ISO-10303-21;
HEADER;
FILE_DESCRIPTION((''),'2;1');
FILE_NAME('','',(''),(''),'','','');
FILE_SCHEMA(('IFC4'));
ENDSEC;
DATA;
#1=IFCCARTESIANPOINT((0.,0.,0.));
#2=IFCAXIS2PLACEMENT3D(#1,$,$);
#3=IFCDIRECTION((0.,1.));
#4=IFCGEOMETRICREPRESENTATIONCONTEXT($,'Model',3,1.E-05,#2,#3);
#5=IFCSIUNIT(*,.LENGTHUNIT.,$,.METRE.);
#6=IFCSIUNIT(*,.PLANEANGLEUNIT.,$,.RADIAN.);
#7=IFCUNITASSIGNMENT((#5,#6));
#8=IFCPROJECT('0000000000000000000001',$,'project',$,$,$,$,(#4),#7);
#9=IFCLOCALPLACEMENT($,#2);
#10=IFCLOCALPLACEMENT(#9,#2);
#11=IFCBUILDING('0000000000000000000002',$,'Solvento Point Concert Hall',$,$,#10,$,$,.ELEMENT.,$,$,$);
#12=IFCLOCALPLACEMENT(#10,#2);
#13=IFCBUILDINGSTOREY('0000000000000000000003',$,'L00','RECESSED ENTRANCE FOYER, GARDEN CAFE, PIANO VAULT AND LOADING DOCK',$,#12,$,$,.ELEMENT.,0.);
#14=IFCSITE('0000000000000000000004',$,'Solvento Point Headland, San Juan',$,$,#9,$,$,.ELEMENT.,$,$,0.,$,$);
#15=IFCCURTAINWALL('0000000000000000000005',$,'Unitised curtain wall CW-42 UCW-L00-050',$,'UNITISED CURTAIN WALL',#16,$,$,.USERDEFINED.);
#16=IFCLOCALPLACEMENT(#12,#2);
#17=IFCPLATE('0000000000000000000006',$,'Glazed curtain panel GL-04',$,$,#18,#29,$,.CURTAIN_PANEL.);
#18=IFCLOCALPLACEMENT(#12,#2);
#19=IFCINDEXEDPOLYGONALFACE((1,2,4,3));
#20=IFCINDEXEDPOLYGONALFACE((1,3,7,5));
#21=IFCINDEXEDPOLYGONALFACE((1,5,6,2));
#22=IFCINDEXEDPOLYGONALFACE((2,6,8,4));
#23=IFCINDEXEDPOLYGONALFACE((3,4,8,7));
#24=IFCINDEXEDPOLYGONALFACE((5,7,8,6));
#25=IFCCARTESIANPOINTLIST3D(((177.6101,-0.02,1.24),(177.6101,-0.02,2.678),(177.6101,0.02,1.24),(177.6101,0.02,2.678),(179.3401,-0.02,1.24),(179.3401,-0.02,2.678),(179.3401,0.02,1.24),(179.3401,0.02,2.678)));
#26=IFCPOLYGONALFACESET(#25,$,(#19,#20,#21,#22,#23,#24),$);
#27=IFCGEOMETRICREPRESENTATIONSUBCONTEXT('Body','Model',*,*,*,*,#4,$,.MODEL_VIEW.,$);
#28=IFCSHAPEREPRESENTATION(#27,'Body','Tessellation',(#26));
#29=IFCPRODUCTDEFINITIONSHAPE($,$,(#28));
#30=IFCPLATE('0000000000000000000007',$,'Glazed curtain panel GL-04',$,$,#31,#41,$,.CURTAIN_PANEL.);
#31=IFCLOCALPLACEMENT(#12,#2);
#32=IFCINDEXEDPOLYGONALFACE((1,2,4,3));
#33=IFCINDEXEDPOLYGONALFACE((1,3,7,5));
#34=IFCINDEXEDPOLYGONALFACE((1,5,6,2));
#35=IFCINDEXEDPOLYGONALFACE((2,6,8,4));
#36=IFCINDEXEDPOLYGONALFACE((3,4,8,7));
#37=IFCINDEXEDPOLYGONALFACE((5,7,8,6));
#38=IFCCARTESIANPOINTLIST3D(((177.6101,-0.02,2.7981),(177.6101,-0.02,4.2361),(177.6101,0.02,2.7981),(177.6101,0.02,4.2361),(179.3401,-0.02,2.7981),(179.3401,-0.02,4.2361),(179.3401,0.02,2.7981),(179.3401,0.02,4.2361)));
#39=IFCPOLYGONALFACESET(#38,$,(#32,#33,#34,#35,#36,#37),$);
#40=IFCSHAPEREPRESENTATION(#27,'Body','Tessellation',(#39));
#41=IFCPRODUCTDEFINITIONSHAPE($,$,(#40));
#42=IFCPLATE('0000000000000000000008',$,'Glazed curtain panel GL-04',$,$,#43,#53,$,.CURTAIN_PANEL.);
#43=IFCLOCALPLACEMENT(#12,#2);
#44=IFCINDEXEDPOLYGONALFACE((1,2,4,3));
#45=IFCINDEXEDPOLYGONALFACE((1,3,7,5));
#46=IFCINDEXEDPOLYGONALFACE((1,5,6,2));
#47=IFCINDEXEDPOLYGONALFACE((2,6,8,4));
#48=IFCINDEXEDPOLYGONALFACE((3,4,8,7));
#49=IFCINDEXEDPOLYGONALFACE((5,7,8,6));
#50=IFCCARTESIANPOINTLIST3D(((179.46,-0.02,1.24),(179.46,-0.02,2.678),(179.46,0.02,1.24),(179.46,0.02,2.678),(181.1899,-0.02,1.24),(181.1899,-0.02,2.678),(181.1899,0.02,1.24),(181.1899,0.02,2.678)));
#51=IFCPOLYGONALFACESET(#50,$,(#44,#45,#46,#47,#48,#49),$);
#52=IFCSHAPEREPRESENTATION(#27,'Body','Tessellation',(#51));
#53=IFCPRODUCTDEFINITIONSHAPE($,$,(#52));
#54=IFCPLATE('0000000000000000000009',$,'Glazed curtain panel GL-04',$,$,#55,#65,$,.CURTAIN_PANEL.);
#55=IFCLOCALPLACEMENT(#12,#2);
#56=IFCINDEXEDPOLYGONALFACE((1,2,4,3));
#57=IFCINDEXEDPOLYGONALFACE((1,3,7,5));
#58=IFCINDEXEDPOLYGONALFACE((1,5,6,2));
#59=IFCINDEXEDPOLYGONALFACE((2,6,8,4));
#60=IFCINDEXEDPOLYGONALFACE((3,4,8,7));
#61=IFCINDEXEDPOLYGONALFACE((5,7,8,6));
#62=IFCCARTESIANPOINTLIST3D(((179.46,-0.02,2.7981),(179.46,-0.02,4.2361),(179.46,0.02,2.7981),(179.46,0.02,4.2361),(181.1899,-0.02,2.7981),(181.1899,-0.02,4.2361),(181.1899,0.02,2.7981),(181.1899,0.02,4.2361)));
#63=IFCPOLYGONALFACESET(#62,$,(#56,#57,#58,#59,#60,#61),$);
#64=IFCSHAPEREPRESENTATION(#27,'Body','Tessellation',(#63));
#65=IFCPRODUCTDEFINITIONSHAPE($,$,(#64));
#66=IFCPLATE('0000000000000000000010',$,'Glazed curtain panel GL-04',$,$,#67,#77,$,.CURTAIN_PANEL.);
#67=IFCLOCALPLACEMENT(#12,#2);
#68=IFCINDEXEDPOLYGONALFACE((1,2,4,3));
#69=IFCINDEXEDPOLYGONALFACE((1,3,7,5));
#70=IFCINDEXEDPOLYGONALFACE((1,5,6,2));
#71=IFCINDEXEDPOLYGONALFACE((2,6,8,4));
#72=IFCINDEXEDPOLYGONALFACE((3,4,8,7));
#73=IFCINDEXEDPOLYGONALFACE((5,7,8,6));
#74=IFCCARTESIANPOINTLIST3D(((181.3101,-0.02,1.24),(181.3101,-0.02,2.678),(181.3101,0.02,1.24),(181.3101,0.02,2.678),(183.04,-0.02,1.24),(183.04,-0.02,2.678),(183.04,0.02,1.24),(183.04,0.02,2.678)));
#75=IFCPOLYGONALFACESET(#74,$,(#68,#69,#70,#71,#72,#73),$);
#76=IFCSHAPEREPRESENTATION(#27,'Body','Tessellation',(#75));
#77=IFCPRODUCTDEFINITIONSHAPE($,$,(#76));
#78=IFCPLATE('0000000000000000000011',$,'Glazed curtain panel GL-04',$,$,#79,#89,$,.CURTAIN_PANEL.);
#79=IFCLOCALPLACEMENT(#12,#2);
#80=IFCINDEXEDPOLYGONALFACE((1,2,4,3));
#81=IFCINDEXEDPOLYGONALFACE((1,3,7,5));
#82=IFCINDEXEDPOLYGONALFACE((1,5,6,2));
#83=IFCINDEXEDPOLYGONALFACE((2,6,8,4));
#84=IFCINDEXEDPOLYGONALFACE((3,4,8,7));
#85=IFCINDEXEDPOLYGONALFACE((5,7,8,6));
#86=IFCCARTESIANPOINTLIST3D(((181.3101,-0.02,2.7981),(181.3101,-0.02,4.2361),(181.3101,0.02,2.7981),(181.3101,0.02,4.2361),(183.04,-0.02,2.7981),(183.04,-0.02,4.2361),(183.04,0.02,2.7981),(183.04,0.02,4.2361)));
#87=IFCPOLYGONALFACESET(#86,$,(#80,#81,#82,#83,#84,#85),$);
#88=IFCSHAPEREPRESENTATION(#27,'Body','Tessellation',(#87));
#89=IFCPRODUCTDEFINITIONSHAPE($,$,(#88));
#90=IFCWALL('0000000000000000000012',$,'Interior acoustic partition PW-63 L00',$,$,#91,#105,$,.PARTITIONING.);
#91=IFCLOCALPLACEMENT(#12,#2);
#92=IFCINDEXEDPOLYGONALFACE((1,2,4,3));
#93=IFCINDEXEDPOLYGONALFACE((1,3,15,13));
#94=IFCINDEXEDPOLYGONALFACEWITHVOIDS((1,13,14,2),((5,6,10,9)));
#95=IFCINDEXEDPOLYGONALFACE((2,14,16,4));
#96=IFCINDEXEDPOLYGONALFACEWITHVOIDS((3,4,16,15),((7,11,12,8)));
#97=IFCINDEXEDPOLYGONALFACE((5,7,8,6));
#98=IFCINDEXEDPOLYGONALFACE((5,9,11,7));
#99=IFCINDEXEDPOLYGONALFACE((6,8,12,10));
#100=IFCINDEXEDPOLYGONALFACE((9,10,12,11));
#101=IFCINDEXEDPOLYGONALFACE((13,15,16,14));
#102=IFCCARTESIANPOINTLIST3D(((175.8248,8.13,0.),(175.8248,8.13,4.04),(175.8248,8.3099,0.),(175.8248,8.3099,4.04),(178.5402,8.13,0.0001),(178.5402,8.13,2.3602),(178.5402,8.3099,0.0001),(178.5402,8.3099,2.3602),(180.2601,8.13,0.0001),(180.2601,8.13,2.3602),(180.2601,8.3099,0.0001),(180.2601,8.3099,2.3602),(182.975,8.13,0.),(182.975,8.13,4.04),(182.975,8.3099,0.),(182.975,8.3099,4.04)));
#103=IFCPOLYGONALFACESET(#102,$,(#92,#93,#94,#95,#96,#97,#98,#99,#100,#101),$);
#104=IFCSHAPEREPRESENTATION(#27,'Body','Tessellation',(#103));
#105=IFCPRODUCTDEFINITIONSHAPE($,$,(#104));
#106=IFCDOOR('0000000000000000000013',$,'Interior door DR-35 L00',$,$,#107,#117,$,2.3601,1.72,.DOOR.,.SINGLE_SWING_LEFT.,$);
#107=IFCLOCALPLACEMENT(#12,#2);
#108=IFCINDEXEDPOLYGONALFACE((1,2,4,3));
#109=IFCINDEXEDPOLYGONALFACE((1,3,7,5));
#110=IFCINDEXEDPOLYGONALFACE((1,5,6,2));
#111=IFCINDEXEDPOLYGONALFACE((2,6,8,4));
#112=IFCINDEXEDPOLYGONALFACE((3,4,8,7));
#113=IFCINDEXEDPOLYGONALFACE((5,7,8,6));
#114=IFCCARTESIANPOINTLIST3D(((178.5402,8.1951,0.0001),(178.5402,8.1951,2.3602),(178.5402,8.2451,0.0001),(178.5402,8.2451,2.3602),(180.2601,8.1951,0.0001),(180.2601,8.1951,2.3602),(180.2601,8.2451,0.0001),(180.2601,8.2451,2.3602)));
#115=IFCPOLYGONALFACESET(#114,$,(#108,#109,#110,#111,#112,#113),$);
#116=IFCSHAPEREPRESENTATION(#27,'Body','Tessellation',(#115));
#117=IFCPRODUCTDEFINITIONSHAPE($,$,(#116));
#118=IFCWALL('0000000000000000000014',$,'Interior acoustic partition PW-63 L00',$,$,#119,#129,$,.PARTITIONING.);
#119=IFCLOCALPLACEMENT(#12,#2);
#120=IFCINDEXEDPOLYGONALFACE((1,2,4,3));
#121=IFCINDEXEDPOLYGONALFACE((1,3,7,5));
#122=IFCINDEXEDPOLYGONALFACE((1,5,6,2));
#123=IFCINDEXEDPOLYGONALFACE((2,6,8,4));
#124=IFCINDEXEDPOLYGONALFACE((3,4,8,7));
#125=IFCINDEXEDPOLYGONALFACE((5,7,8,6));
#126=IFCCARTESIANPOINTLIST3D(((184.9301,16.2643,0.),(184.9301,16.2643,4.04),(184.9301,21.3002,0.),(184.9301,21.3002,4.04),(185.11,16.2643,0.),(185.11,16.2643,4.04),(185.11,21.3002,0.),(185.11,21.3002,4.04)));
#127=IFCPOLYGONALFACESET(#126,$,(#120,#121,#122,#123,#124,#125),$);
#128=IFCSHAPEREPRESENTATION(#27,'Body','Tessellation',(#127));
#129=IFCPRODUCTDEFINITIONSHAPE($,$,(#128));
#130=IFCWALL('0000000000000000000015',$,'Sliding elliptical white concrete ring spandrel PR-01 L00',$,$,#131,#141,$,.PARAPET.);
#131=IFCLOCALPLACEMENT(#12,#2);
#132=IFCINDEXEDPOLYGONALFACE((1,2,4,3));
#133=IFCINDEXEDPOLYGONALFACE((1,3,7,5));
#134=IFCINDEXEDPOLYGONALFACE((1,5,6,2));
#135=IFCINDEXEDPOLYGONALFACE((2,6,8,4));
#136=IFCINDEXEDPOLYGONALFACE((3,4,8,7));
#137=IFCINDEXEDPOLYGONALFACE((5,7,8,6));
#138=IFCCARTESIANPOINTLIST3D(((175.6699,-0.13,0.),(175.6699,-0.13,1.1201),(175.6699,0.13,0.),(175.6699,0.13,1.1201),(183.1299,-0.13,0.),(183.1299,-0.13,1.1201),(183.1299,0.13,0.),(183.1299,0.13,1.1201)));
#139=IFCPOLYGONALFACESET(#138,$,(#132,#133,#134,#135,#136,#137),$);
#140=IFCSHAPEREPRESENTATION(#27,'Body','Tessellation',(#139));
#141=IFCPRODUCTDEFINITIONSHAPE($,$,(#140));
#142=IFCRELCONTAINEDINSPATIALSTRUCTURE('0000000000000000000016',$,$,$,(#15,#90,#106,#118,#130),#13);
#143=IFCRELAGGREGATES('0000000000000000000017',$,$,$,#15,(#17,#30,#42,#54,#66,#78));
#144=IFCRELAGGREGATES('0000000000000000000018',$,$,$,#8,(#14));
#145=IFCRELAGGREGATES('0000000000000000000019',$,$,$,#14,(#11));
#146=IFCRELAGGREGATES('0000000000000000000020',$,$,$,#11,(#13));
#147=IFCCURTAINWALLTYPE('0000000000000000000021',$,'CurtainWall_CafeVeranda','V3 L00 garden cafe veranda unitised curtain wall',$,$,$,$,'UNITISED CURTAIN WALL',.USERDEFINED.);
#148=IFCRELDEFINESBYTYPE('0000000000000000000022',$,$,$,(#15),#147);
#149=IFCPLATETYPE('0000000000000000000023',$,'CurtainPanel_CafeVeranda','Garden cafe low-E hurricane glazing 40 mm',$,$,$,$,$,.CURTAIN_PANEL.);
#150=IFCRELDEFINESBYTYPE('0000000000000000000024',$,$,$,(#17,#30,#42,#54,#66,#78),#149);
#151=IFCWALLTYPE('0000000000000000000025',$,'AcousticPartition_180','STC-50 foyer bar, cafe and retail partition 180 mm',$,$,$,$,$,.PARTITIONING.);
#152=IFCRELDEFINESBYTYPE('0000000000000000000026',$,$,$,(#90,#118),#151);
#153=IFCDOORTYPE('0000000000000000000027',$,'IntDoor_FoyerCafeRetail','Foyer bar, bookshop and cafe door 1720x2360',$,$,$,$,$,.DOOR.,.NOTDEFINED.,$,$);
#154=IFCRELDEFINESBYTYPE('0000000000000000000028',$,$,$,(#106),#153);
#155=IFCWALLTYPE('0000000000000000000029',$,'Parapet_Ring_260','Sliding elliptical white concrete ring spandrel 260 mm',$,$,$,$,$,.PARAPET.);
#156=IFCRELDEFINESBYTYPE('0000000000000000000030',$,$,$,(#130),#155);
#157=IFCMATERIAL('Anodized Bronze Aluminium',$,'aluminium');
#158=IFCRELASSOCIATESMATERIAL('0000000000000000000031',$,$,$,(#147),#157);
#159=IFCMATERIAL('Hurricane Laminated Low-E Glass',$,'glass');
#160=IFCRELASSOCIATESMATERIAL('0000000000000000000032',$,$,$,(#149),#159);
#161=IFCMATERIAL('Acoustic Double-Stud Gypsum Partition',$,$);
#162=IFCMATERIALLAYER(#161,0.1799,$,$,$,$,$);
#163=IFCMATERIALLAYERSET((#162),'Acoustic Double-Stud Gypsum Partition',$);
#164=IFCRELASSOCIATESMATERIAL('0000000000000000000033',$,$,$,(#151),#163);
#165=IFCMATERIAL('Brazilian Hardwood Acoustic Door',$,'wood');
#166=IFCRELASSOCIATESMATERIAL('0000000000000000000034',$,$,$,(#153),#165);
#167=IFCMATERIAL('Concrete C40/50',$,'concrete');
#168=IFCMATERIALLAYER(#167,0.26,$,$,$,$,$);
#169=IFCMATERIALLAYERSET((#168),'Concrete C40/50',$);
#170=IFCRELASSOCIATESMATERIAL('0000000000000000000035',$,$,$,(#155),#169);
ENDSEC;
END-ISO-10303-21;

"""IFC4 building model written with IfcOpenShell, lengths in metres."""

from ifc_helpers import new_model, si_unit, direction, frame, frame_2d, origin, origin_2d, place, context, subcontext, project, spatial, rectangle, extrude, material, layer, layer_set, type_object, element, fill, aggregate, save


model = new_model("IFC4")

# Units and contexts
model_context = context("Model", 3, precision=1e-05, world=origin(), true_north=direction((0.0, 1.0)))
body_context = subcontext(model_context, "Body", "Model", "MODEL_VIEW")
ifc_project = project(units=[si_unit("LENGTHUNIT", "METRE"), si_unit("PLANEANGLEUNIT", "RADIAN")], contexts=[model_context])

# Site, building, storey
site_placement = place(None, origin())
site = spatial("IfcSite", under=ifc_project, at=site_placement, Name="Solvento Point Headland, San Juan", CompositionType="ELEMENT", RefElevation=0.0)
building_placement = place(site_placement, origin())
building = spatial("IfcBuilding", under=site, at=building_placement, Name="Solvento Point Concert Hall", CompositionType="ELEMENT")
storey_placement = place(building_placement, origin())
storey = spatial("IfcBuildingStorey", under=building, at=storey_placement, Name="L00", Description="RECESSED ENTRANCE FOYER, GARDEN CAFE, PIANO VAULT AND LOADING DOCK", CompositionType="ELEMENT", Elevation=0.0)

# Curtain wall, plates
ifc_material_1 = material(Name="Anodized Bronze Aluminium", Category="aluminium")
curtain_wall_type = type_object("IfcCurtainWallType", Name="CurtainWall_CafeVeranda", Description="V3 L00 garden cafe veranda unitised curtain wall", ElementType="UNITISED CURTAIN WALL", PredefinedType="USERDEFINED", material=ifc_material_1)
curtain_wall_placement = place(storey_placement, origin())
curtain_wall = element("IfcCurtainWall", 1, at=curtain_wall_placement, inside=storey, type_object=curtain_wall_type, Name="Unitised curtain wall CW-42 UCW-L00-050", ObjectType="UNITISED CURTAIN WALL", PredefinedType="USERDEFINED")
ifc_material_2 = material(Name="Hurricane Laminated Low-E Glass", Category="glass")
plate_type = type_object("IfcPlateType", Name="CurtainPanel_CafeVeranda", Description="Garden cafe low-E hurricane glazing 40 mm", PredefinedType="CURTAIN_PANEL", material=ifc_material_2)
plate_1_placement = place(storey_placement, frame((178.4751, 0.0, 1.24), z_axis=(0.0, 0.0, 1.0), x_axis=(1.0, 0.0, 0.0)))
plate_1 = element("IfcPlate", 2, at=plate_1_placement, type_object=plate_type, Name="Glazed curtain panel GL-04", PredefinedType="CURTAIN_PANEL", context=body_context, shape_type="SweptSolid", body=[
    extrude(rectangle(XDim=1.73, YDim=0.04, at=origin_2d()), origin(), (0.0, 0.0, 1.0), 1.438),
])
plate_2_placement = place(storey_placement, frame((178.4751, 0.0, 2.7981), z_axis=(0.0, 0.0, 1.0), x_axis=(1.0, 0.0, 0.0)))
plate_2 = element("IfcPlate", 3, at=plate_2_placement, type_object=plate_type, Name="Glazed curtain panel GL-04", PredefinedType="CURTAIN_PANEL", context=body_context, shape_type="SweptSolid", body=[
    extrude(rectangle(XDim=1.73, YDim=0.04, at=origin_2d()), origin(), (0.0, 0.0, 1.0), 1.438),
])
plate_3_placement = place(storey_placement, frame((180.325, 0.0, 1.24), z_axis=(0.0, 0.0, 1.0), x_axis=(1.0, 0.0, 0.0)))
plate_3 = element("IfcPlate", 4, at=plate_3_placement, type_object=plate_type, Name="Glazed curtain panel GL-04", PredefinedType="CURTAIN_PANEL", context=body_context, shape_type="SweptSolid", body=[
    extrude(rectangle(XDim=1.73, YDim=0.04, at=origin_2d()), origin(), (0.0, 0.0, 1.0), 1.438),
])
plate_4_placement = place(storey_placement, frame((180.325, 0.0, 2.7981), z_axis=(0.0, 0.0, 1.0), x_axis=(1.0, 0.0, 0.0)))
plate_4 = element("IfcPlate", 5, at=plate_4_placement, type_object=plate_type, Name="Glazed curtain panel GL-04", PredefinedType="CURTAIN_PANEL", context=body_context, shape_type="SweptSolid", body=[
    extrude(rectangle(XDim=1.73, YDim=0.04, at=origin_2d()), origin(), (0.0, 0.0, 1.0), 1.438),
])
plate_5_placement = place(storey_placement, frame((182.175, 0.0, 1.24), z_axis=(0.0, 0.0, 1.0), x_axis=(1.0, 0.0, 0.0)))
plate_5 = element("IfcPlate", 6, at=plate_5_placement, type_object=plate_type, Name="Glazed curtain panel GL-04", PredefinedType="CURTAIN_PANEL", context=body_context, shape_type="SweptSolid", body=[
    extrude(rectangle(XDim=1.73, YDim=0.04, at=origin_2d()), origin(), (0.0, 0.0, 1.0), 1.438),
])
plate_6_placement = place(storey_placement, frame((182.175, 0.0, 2.7981), z_axis=(0.0, 0.0, 1.0), x_axis=(1.0, 0.0, 0.0)))
plate_6 = element("IfcPlate", 7, at=plate_6_placement, type_object=plate_type, Name="Glazed curtain panel GL-04", PredefinedType="CURTAIN_PANEL", context=body_context, shape_type="SweptSolid", body=[
    extrude(rectangle(XDim=1.73, YDim=0.04, at=origin_2d()), origin(), (0.0, 0.0, 1.0), 1.438),
])
aggregate(curtain_wall, [plate_1, plate_2, plate_3, plate_4, plate_5, plate_6])

# Wall, opening, door
ifc_material_3 = material(Name="Acoustic Double-Stud Gypsum Partition")
ifc_layer_1 = layer(ifc_material_3, 0.1799)
ifc_layer_set_1 = layer_set([ifc_layer_1], Name="Acoustic Double-Stud Gypsum Partition")
wall_type_1 = type_object("IfcWallType", Name="AcousticPartition_180", Description="STC-50 foyer bar, cafe and retail partition 180 mm", PredefinedType="PARTITIONING", material=ifc_layer_set_1)
wall_1_placement = place(storey_placement, frame((182.9751, 8.22, 0.0), z_axis=(0.0, 0.0, 1.0), x_axis=(-1.0, 0.0, 0.0)))
wall_1 = element("IfcWall", 8, at=wall_1_placement, inside=storey, type_object=wall_type_1, Name="Interior acoustic partition PW-63 L00", PredefinedType="PARTITIONING", context=body_context, shape_type="SweptSolid", body=[
    extrude(rectangle(XDim=7.1501, YDim=0.1799, at=frame_2d((3.5752, 0.0))), origin(), (0.0, 0.0, 1.0), 4.04),
])
opening_placement = place(wall_1_placement, frame((2.7151, 0.0, 0.0)))
opening = element("IfcOpeningElement", 9, at=opening_placement, cuts=wall_1, PredefinedType="OPENING", context=body_context, shape_type="SweptSolid", body=[
    extrude(rectangle(XDim=1.72, YDim=2.3601, at=frame_2d((0.8599, 1.1802))), frame((0.0, 0.0999, 0.0), z_axis=(0.0, -1.0, 0.0), x_axis=(1.0, 0.0, 0.0)), (0.0, 0.0, 1.0), 0.2),
])
ifc_material_4 = material(Name="Brazilian Hardwood Acoustic Door", Category="wood")
door_type = type_object("IfcDoorType", Name="IntDoor_FoyerCafeRetail", Description="Foyer bar, bookshop and cafe door 1720x2360", OperationType="NOTDEFINED", PredefinedType="DOOR", material=ifc_material_4)
door_placement = place(opening_placement, origin())
door = element("IfcDoor", 10, at=door_placement, inside=storey, type_object=door_type, Name="Interior door DR-35 L00", OperationType="SINGLE_SWING_LEFT", OverallHeight=2.3601, OverallWidth=1.72, PredefinedType="DOOR", context=body_context, shape_type="SweptSolid", body=[
    extrude(rectangle(XDim=1.72, YDim=2.3601, at=frame_2d((0.8599, 1.1802))), frame((0.0, 0.0249, 0.0), z_axis=(0.0, -1.0, 0.0), x_axis=(1.0, 0.0, 0.0)), (0.0, 0.0, 1.0), 0.05),
])
fill(opening, door)

# Walls
wall_2_placement = place(storey_placement, frame((185.02, 16.2642, 0.0), z_axis=(0.0, 0.0, 1.0), x_axis=(0.0, 1.0, 0.0)))
element("IfcWall", 11, at=wall_2_placement, inside=storey, type_object=wall_type_1, Name="Interior acoustic partition PW-63 L00", PredefinedType="PARTITIONING", context=body_context, shape_type="SweptSolid", body=[
    extrude(rectangle(XDim=5.0359, YDim=0.1799, at=frame_2d((2.5181, 0.0))), origin(), (0.0, 0.0, 1.0), 4.04),
])
ifc_material_5 = material(Name="Concrete C40/50", Category="concrete")
ifc_layer_2 = layer(ifc_material_5, 0.26)
ifc_layer_set_2 = layer_set([ifc_layer_2], Name="Concrete C40/50")
wall_type_2 = type_object("IfcWallType", Name="Parapet_Ring_260", Description="Sliding elliptical white concrete ring spandrel 260 mm", PredefinedType="PARAPET", material=ifc_layer_set_2)
wall_3_placement = place(storey_placement, frame((183.1299, 0.0, 0.0), z_axis=(0.0, 0.0, 1.0), x_axis=(-1.0, 0.0, 0.0)))
element("IfcWall", 12, at=wall_3_placement, inside=storey, type_object=wall_type_2, Name="Sliding elliptical white concrete ring spandrel PR-01 L00", PredefinedType="PARAPET", context=body_context, shape_type="SweptSolid", body=[
    extrude(rectangle(XDim=7.46, YDim=0.26, at=frame_2d((3.73, 0.0))), origin(), (0.0, 0.0, 1.0), 1.1201),
])

save(model, "model.ifc")
